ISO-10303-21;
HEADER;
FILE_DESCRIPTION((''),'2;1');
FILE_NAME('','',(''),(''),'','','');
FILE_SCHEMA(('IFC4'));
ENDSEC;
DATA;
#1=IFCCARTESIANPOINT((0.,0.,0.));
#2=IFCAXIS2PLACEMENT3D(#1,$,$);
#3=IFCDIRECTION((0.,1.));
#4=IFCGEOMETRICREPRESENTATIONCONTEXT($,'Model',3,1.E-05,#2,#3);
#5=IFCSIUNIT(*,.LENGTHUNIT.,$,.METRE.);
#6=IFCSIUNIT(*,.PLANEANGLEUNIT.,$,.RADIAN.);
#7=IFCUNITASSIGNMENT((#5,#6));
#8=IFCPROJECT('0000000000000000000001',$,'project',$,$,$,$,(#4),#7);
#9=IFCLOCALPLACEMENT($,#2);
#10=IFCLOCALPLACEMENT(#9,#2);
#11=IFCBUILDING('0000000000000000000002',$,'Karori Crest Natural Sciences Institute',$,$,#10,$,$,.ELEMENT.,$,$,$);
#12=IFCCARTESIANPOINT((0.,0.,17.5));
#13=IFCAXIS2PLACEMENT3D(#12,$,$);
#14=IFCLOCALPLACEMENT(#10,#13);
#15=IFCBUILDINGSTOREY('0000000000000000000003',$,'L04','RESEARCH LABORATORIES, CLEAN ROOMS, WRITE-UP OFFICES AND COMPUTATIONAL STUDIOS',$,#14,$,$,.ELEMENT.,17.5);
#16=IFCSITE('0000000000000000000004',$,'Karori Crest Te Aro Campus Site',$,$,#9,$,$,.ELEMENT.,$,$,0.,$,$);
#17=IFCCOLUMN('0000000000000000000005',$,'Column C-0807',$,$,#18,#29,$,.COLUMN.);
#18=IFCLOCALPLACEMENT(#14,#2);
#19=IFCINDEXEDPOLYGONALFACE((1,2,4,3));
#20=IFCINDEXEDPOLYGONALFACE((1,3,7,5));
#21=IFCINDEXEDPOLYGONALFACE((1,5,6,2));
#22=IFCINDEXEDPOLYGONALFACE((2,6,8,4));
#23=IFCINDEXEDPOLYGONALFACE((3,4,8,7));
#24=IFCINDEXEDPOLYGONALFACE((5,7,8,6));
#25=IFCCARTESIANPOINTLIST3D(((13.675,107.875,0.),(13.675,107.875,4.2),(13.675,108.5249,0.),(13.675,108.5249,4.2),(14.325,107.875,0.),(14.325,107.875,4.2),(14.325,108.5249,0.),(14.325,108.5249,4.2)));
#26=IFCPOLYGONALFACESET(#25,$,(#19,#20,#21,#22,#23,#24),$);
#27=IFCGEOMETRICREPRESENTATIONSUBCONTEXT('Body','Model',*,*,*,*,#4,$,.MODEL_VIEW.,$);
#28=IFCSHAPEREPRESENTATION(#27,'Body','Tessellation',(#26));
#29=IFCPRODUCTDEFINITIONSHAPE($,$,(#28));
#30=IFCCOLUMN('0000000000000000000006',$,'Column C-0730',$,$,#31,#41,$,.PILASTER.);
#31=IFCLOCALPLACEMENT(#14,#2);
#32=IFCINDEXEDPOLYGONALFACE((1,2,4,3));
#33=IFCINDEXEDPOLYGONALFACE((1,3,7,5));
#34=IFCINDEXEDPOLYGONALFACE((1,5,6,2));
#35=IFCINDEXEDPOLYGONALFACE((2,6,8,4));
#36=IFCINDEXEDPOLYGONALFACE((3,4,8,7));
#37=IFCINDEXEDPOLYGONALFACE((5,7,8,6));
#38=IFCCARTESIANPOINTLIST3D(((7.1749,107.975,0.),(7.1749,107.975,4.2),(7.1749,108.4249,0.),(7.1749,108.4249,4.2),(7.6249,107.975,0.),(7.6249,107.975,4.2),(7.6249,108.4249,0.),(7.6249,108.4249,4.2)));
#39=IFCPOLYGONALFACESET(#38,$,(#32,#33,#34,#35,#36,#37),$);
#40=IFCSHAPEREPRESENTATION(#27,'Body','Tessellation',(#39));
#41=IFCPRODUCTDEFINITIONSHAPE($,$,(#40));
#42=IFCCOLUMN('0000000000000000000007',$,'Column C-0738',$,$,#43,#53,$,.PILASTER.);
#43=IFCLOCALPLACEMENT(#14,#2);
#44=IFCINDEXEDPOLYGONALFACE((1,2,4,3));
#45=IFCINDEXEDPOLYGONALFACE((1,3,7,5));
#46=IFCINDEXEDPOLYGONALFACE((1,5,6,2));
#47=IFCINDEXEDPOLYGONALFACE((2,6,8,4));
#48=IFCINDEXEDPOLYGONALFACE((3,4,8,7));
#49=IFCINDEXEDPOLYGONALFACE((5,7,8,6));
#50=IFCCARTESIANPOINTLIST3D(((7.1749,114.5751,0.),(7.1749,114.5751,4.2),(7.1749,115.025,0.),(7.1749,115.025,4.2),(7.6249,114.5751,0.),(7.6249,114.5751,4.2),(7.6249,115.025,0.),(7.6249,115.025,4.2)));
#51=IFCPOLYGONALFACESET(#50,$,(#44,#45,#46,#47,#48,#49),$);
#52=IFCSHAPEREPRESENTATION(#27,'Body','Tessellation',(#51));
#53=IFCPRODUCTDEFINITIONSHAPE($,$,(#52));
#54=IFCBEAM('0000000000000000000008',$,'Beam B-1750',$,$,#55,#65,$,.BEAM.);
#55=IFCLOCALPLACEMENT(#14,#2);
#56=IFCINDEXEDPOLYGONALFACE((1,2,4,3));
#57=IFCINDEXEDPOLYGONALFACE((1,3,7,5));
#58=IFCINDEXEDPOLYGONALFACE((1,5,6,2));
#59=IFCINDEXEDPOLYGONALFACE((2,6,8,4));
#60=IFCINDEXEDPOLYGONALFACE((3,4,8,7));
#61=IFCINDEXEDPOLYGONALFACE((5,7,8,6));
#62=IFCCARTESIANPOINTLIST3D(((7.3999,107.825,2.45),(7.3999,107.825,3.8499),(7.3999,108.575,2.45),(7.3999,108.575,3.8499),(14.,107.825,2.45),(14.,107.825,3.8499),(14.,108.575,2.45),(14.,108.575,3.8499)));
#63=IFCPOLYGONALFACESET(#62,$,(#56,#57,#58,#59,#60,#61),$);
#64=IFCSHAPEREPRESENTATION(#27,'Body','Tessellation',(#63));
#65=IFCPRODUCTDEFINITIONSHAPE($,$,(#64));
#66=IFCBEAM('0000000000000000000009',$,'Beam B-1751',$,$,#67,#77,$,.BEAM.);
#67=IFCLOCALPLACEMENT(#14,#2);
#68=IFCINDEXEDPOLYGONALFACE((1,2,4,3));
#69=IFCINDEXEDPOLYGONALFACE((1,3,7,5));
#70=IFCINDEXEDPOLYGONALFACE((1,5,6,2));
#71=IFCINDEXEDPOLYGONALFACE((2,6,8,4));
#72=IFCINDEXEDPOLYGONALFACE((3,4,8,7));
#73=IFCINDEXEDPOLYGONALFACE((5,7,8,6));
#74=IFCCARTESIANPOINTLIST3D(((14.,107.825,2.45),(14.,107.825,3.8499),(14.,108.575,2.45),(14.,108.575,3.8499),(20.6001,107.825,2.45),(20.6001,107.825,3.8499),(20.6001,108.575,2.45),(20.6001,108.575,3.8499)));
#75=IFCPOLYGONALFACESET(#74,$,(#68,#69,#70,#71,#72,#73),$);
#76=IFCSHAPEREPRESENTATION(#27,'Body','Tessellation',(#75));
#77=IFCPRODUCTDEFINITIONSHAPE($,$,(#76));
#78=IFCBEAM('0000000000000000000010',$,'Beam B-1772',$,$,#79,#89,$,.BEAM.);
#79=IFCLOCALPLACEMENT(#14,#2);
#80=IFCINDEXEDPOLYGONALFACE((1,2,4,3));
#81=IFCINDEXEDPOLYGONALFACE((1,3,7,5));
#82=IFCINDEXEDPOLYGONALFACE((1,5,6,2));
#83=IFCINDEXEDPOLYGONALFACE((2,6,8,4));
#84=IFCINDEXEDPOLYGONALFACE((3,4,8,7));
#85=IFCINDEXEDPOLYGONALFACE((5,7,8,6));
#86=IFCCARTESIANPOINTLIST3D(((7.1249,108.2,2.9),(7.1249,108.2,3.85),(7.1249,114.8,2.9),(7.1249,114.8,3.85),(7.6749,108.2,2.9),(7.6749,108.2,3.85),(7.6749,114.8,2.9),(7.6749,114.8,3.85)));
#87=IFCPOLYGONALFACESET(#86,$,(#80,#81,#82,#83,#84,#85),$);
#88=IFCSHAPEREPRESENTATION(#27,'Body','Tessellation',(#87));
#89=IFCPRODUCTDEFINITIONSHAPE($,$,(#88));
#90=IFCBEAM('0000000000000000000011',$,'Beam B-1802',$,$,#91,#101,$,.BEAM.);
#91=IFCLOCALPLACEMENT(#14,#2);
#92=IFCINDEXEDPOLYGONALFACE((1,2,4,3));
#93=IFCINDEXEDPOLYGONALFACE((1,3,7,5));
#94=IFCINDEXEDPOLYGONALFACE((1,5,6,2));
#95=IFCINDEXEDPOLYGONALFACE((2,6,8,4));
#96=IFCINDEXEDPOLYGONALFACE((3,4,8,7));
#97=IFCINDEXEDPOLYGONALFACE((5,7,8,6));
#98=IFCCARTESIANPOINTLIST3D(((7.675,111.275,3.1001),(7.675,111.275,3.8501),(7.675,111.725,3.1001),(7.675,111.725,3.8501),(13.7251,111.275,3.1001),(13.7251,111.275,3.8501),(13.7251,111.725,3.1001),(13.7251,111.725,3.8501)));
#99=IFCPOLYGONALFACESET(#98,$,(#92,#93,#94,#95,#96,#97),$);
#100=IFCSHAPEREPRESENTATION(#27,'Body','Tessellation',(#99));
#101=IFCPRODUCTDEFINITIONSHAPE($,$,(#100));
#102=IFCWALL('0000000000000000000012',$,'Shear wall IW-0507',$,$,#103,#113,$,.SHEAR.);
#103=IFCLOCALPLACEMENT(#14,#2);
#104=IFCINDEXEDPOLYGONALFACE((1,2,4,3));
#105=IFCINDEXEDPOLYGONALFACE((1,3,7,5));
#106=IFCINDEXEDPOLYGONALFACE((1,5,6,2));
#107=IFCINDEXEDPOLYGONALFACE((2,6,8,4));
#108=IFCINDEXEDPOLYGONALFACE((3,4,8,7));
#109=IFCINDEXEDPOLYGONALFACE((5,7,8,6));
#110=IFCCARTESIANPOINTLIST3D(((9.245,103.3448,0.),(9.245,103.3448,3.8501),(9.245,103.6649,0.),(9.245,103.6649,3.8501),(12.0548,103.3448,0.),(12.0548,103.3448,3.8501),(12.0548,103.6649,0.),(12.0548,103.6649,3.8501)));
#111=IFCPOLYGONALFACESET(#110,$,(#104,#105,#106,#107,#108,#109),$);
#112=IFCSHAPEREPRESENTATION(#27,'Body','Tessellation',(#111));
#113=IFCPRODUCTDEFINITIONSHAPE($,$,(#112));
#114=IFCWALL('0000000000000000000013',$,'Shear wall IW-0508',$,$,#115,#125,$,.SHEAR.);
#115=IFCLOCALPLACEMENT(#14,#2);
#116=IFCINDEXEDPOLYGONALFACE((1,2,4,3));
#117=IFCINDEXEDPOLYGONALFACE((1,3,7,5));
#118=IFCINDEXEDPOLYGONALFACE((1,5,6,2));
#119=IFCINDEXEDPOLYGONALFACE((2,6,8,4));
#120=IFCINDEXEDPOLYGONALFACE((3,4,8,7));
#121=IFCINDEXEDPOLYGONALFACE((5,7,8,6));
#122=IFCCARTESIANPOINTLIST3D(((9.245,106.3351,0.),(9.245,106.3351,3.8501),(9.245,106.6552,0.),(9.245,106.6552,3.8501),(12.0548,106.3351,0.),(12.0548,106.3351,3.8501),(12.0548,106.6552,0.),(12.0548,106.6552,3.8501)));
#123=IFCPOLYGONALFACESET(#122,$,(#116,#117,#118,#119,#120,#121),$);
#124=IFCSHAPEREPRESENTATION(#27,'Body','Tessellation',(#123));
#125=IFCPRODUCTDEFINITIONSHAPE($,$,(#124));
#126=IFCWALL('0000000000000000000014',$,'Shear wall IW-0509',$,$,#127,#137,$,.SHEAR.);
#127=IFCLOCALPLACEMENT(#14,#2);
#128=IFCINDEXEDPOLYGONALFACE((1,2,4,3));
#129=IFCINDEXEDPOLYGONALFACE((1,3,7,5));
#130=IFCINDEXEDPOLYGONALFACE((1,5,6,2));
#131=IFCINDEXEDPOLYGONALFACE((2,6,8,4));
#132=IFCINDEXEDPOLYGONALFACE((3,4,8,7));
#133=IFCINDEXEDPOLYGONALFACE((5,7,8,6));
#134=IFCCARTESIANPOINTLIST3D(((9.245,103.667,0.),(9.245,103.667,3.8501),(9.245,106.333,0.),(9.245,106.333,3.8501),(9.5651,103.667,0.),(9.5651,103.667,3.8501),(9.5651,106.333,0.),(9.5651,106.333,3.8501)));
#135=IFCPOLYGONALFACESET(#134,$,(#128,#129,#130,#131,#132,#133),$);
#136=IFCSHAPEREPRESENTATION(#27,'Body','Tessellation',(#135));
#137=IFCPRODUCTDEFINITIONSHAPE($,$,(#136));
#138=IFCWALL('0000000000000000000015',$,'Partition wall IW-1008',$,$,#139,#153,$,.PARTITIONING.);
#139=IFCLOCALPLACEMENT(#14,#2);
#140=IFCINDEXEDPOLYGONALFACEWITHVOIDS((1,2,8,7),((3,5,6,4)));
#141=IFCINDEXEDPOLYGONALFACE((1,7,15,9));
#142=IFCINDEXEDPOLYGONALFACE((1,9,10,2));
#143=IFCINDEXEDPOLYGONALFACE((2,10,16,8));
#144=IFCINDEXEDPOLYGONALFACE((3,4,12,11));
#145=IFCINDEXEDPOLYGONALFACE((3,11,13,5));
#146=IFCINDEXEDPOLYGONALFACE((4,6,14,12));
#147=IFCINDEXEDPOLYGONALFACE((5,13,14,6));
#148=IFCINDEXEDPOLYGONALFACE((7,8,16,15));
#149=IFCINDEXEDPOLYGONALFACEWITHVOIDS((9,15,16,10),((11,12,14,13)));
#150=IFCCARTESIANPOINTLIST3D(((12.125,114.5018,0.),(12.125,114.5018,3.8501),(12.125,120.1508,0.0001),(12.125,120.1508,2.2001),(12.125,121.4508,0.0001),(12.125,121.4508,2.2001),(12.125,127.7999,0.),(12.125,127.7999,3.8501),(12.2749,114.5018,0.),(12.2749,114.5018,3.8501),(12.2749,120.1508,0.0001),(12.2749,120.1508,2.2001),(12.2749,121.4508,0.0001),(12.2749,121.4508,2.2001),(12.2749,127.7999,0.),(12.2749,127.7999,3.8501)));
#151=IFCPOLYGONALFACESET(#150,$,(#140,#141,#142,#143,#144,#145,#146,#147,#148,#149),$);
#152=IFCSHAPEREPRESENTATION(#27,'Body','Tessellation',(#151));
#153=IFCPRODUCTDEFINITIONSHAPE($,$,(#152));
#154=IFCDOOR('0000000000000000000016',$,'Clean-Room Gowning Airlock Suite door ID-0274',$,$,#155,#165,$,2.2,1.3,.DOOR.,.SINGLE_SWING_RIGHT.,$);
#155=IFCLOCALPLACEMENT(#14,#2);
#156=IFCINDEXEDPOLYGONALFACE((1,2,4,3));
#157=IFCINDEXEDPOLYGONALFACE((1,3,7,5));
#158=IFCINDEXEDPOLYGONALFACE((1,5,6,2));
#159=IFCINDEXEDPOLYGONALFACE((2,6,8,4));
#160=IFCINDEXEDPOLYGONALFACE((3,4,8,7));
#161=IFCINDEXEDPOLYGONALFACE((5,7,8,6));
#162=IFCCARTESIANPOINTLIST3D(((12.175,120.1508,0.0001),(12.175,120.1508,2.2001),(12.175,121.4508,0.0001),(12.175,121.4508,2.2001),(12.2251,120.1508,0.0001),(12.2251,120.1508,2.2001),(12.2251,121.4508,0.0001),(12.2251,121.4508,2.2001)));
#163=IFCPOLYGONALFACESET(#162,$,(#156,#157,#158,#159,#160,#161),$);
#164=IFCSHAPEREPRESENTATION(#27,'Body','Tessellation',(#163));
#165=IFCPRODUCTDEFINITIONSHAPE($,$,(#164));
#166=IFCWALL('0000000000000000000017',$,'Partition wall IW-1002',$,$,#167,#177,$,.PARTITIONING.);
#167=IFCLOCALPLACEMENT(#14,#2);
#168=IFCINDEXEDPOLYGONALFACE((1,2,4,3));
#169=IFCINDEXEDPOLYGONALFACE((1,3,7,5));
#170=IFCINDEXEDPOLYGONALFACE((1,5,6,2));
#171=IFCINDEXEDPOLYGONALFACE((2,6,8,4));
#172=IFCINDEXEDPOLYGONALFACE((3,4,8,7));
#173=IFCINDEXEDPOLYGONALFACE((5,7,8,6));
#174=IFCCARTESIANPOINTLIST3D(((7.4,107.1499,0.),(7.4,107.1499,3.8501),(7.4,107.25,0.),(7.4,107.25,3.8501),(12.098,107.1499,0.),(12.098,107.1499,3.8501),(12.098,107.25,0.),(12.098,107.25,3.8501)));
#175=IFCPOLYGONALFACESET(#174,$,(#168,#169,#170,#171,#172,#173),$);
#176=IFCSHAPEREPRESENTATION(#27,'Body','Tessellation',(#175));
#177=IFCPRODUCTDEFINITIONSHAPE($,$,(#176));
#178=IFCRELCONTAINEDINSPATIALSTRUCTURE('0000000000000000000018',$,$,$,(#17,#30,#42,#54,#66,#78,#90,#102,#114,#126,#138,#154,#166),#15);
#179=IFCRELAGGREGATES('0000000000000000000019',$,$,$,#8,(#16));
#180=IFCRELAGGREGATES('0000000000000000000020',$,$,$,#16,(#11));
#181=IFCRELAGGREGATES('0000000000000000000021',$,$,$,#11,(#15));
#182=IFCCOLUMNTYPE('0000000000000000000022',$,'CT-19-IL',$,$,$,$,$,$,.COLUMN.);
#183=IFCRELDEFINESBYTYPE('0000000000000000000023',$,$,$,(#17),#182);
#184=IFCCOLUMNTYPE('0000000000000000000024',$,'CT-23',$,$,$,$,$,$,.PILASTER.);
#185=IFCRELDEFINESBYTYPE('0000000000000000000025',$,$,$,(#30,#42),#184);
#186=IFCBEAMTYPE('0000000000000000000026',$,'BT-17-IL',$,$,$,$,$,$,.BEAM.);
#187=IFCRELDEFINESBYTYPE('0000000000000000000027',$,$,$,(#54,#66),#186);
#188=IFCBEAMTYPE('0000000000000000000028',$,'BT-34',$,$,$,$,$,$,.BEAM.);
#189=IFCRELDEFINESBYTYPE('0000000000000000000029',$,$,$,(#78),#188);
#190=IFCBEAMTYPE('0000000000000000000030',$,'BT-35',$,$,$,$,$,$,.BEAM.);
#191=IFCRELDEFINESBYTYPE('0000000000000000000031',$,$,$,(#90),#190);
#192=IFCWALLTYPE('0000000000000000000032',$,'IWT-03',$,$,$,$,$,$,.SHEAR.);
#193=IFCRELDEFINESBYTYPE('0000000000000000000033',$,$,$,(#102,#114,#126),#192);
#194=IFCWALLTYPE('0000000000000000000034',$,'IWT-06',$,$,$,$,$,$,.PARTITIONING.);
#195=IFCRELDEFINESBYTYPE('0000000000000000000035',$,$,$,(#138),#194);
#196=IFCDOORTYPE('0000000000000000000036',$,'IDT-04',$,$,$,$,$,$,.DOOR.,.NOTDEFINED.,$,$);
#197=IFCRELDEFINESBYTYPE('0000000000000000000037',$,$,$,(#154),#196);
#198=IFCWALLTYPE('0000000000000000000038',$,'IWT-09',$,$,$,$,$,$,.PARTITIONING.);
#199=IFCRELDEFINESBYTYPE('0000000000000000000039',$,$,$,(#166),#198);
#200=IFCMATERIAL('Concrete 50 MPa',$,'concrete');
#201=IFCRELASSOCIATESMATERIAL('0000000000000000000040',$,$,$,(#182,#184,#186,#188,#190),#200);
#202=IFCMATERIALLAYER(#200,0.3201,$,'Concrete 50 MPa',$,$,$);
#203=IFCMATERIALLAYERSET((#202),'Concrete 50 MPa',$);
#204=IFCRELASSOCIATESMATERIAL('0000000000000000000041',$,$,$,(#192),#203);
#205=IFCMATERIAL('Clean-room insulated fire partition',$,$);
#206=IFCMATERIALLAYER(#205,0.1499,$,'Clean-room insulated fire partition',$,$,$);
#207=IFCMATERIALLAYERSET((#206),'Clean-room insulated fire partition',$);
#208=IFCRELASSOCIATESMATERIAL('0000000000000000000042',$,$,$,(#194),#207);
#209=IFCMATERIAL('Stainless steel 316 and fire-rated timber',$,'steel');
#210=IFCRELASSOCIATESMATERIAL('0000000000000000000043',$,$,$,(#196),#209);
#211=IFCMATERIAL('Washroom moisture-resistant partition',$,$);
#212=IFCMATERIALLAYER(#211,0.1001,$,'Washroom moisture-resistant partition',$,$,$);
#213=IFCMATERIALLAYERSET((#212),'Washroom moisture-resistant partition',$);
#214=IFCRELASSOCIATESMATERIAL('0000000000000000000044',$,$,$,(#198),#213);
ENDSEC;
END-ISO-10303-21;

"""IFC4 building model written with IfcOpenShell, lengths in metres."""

from ifc_helpers import new_model, si_unit, direction, frame, frame_2d, origin, origin_2d, place, context, subcontext, project, spatial, rectangle, extrude, material, layer, layer_set, material_profile, profile_set, type_object, element, fill, save


model = new_model("IFC4")

# Units and contexts
model_context = context("Model", 3, precision=1e-05, world=origin(), true_north=direction((0.0, 1.0)))
body_context = subcontext(model_context, "Body", "Model", "MODEL_VIEW")
ifc_project = project(units=[si_unit("LENGTHUNIT", "METRE"), si_unit("PLANEANGLEUNIT", "RADIAN")], contexts=[model_context])

# Site, building, storey
site_placement = place(None, origin())
site = spatial("IfcSite", under=ifc_project, at=site_placement, Name="Karori Crest Te Aro Campus Site", CompositionType="ELEMENT", RefElevation=0.0)
building_placement = place(site_placement, origin())
building = spatial("IfcBuilding", under=site, at=building_placement, Name="Karori Crest Natural Sciences Institute", CompositionType="ELEMENT")
storey_placement = place(building_placement, frame((0.0, 0.0, 17.5)))
storey = spatial("IfcBuildingStorey", under=building, at=storey_placement, Name="L04", Description="RESEARCH LABORATORIES, CLEAN ROOMS, WRITE-UP OFFICES AND COMPUTATIONAL STUDIOS", CompositionType="ELEMENT", Elevation=17.5)

# Columns
ifc_material_1 = material(Name="Concrete 50 MPa", Category="concrete")
ifc_material_profile_1 = material_profile(ifc_material_1, rectangle(XDim=0.6499, YDim=0.6499, at=origin_2d()), Name="RC650x650")
ifc_profile_set_1 = profile_set([ifc_material_profile_1], Name="Concrete 50 MPa")
column_type_1 = type_object("IfcColumnType", Name="CT-19-IL", PredefinedType="COLUMN", material=ifc_profile_set_1)
column_placement = place(storey_placement, frame((14.0, 108.2, 0.0), z_axis=(0.0, 0.0, 1.0), x_axis=(1.0, 0.0, 0.0)))
element("IfcColumn", 1, at=column_placement, inside=storey, type_object=column_type_1, Name="Column C-0807", PredefinedType="COLUMN", context=body_context, shape_type="SweptSolid", body=[
    extrude(rectangle(XDim=0.6499, YDim=0.6499, at=origin_2d()), origin(), (0.0, 0.0, 1.0), 4.2),
])
ifc_material_profile_2 = material_profile(ifc_material_1, rectangle(XDim=0.45, YDim=0.45, at=origin_2d()), Name="RC450x450")
ifc_profile_set_2 = profile_set([ifc_material_profile_2], Name="Concrete 50 MPa")
column_type_2 = type_object("IfcColumnType", Name="CT-23", PredefinedType="PILASTER", material=ifc_profile_set_2)
for number, where, z_axis, x_axis, name in (
    (2, (7.3999, 108.2, 0.0), (0.0, 0.0, 1.0), (1.0, 0.0, 0.0), "Column C-0730"),
    (3, (7.3999, 114.8, 0.0), (0.0, 0.0, 1.0), (1.0, 0.0, 0.0), "Column C-0738"),
):
    element("IfcColumn", number, at=place(storey_placement, frame(where, z_axis=z_axis, x_axis=x_axis)), inside=storey, type_object=column_type_2, Name=name, PredefinedType="PILASTER", context=body_context, shape_type="SweptSolid", body=[
        extrude(rectangle(XDim=0.45, YDim=0.45, at=origin_2d()), origin(), (0.0, 0.0, 1.0), 4.2),
    ])

# Beams
ifc_material_profile_3 = material_profile(ifc_material_1, rectangle(XDim=0.75, YDim=1.3999, at=origin_2d()), Name="RCB750x1400")
ifc_profile_set_3 = profile_set([ifc_material_profile_3], Name="Concrete 50 MPa")
beam_type_1 = type_object("IfcBeamType", Name="BT-17-IL", PredefinedType="BEAM", material=ifc_profile_set_3)
for number, where, z_axis, x_axis, name in (
    (4, (7.3999, 108.2, 3.1499), (1.0, 0.0, 0.0), (0.0, 1.0, 0.0), "Beam B-1750"),
    (5, (14.0, 108.2, 3.1499), (1.0, 0.0, 0.0), (0.0, 1.0, 0.0), "Beam B-1751"),
):
    element("IfcBeam", number, at=place(storey_placement, frame(where, z_axis=z_axis, x_axis=x_axis)), inside=storey, type_object=beam_type_1, Name=name, PredefinedType="BEAM", context=body_context, shape_type="SweptSolid", body=[
        extrude(rectangle(XDim=0.75, YDim=1.3999, at=origin_2d()), origin(), (0.0, 0.0, 1.0), 6.6001),
    ])
ifc_material_profile_4 = material_profile(ifc_material_1, rectangle(XDim=0.55, YDim=0.95, at=origin_2d()), Name="RCB550x950")
ifc_profile_set_4 = profile_set([ifc_material_profile_4], Name="Concrete 50 MPa")
beam_type_2 = type_object("IfcBeamType", Name="BT-34", PredefinedType="BEAM", material=ifc_profile_set_4)
beam_1_placement = place(storey_placement, frame((7.3999, 108.2, 3.375), z_axis=(0.0, 1.0, 0.0), x_axis=(-1.0, 0.0, 0.0)))
element("IfcBeam", 6, at=beam_1_placement, inside=storey, type_object=beam_type_2, Name="Beam B-1772", PredefinedType="BEAM", context=body_context, shape_type="SweptSolid", body=[
    extrude(rectangle(XDim=0.55, YDim=0.95, at=origin_2d()), origin(), (0.0, 0.0, 1.0), 6.6001),
])
ifc_material_profile_5 = material_profile(ifc_material_1, rectangle(XDim=0.45, YDim=0.75, at=origin_2d()), Name="RCB450x750")
ifc_profile_set_5 = profile_set([ifc_material_profile_5], Name="Concrete 50 MPa")
beam_type_3 = type_object("IfcBeamType", Name="BT-35", PredefinedType="BEAM", material=ifc_profile_set_5)
beam_2_placement = place(storey_placement, frame((7.675, 111.5, 3.4751), z_axis=(1.0, 0.0, 0.0), x_axis=(0.0, 1.0, 0.0)))
element("IfcBeam", 7, at=beam_2_placement, inside=storey, type_object=beam_type_3, Name="Beam B-1802", PredefinedType="BEAM", context=body_context, shape_type="SweptSolid", body=[
    extrude(rectangle(XDim=0.45, YDim=0.75, at=origin_2d()), origin(), (0.0, 0.0, 1.0), 6.05),
])

# Walls
ifc_layer_1 = layer(ifc_material_1, 0.3201, Name="Concrete 50 MPa")
ifc_layer_set_1 = layer_set([ifc_layer_1], Name="Concrete 50 MPa")
wall_type_1 = type_object("IfcWallType", Name="IWT-03", PredefinedType="SHEAR", material=ifc_layer_set_1)
for number, where, z_axis, x_axis, name in (
    (8, (9.2451, 103.5049, 0.0), (0.0, 0.0, 1.0), (1.0, 0.0, 0.0), "Shear wall IW-0507"),
    (9, (9.2451, 106.4951, 0.0), (0.0, 0.0, 1.0), (1.0, 0.0, 0.0), "Shear wall IW-0508"),
):
    element("IfcWall", number, at=place(storey_placement, frame(where, z_axis=z_axis, x_axis=x_axis)), inside=storey, type_object=wall_type_1, Name=name, PredefinedType="SHEAR", context=body_context, shape_type="SweptSolid", body=[
        extrude(rectangle(XDim=2.8098, YDim=0.3201, at=frame_2d((1.4048, 0.0))), origin(), (0.0, 0.0, 1.0), 3.8501),
    ])
wall_1_placement = place(storey_placement, frame((9.405, 103.667, 0.0), z_axis=(0.0, 0.0, 1.0), x_axis=(0.0, 1.0, 0.0)))
element("IfcWall", 10, at=wall_1_placement, inside=storey, type_object=wall_type_1, Name="Shear wall IW-0509", PredefinedType="SHEAR", context=body_context, shape_type="SweptSolid", body=[
    extrude(rectangle(XDim=2.666, YDim=0.3201, at=frame_2d((1.333, 0.0))), origin(), (0.0, 0.0, 1.0), 3.8501),
])

# Wall, opening, door
ifc_material_2 = material(Name="Stainless steel 316 and fire-rated timber", Category="steel")
ifc_material_3 = material(Name="Clean-room insulated fire partition")
ifc_layer_2 = layer(ifc_material_3, 0.1499, Name="Clean-room insulated fire partition")
ifc_layer_set_2 = layer_set([ifc_layer_2], Name="Clean-room insulated fire partition")
wall_type_2 = type_object("IfcWallType", Name="IWT-06", PredefinedType="PARTITIONING", material=ifc_layer_set_2)
wall_2_placement = place(storey_placement, frame((12.2, 114.502, 0.0), z_axis=(0.0, 0.0, 1.0), x_axis=(0.0, 1.0, 0.0)))
wall_2 = element("IfcWall", 11, at=wall_2_placement, inside=storey, type_object=wall_type_2, Name="Partition wall IW-1008", PredefinedType="PARTITIONING", context=body_context, shape_type="SweptSolid", body=[
    extrude(rectangle(XDim=13.2981, YDim=0.1499, at=frame_2d((6.6489, 0.0))), origin(), (0.0, 0.0, 1.0), 3.8501),
])
opening_1_placement = place(wall_2_placement, frame((5.6489, 0.0, 0.0)))
opening_1 = element("IfcOpeningElement", 12, at=opening_1_placement, cuts=wall_2, PredefinedType="OPENING", context=body_context, shape_type="SweptSolid", body=[
    extrude(rectangle(XDim=1.3, YDim=2.2, at=frame_2d((0.6499, 1.1001))), frame((0.0, 0.085, 0.0), z_axis=(0.0, -1.0, 0.0), x_axis=(1.0, 0.0, 0.0)), (0.0, 0.0, 1.0), 0.1699),
])
door_type_1 = type_object("IfcDoorType", Name="IDT-04", OperationType="NOTDEFINED", PredefinedType="DOOR", material=ifc_material_2)
door_1_placement = place(opening_1_placement, origin())
door_1 = element("IfcDoor", 13, at=door_1_placement, inside=storey, type_object=door_type_1, Name="Clean-Room Gowning Airlock Suite door ID-0274", OperationType="SINGLE_SWING_RIGHT", OverallHeight=2.2, OverallWidth=1.3, PredefinedType="DOOR", context=body_context, shape_type="SweptSolid", body=[
    extrude(rectangle(XDim=1.3, YDim=2.2, at=frame_2d((0.6499, 1.1001))), frame((0.0, 0.0249, 0.0), z_axis=(0.0, -1.0, 0.0), x_axis=(1.0, 0.0, 0.0)), (0.0, 0.0, 1.0), 0.05),
])
fill(opening_1, door_1)

# Wall
ifc_material_4 = material(Name="Washroom moisture-resistant partition")
ifc_layer_3 = layer(ifc_material_4, 0.1001, Name="Washroom moisture-resistant partition")
ifc_layer_set_3 = layer_set([ifc_layer_3], Name="Washroom moisture-resistant partition")
wall_type_3 = type_object("IfcWallType", Name="IWT-09", PredefinedType="PARTITIONING", material=ifc_layer_set_3)
for number, where, z_axis, x_axis, name in (
    (14, (7.3999, 107.2, 0.0), (0.0, 0.0, 1.0), (1.0, 0.0, 0.0), "Partition wall IW-1002"),
):
    element("IfcWall", number, at=place(storey_placement, frame(where, z_axis=z_axis, x_axis=x_axis)), inside=storey, type_object=wall_type_3, Name=name, PredefinedType="PARTITIONING", context=body_context, shape_type="SweptSolid", body=[
        extrude(rectangle(XDim=4.698, YDim=0.1001, at=frame_2d((2.3491, 0.0))), origin(), (0.0, 0.0, 1.0), 3.8501),
    ])

save(model, "model.ifc")
